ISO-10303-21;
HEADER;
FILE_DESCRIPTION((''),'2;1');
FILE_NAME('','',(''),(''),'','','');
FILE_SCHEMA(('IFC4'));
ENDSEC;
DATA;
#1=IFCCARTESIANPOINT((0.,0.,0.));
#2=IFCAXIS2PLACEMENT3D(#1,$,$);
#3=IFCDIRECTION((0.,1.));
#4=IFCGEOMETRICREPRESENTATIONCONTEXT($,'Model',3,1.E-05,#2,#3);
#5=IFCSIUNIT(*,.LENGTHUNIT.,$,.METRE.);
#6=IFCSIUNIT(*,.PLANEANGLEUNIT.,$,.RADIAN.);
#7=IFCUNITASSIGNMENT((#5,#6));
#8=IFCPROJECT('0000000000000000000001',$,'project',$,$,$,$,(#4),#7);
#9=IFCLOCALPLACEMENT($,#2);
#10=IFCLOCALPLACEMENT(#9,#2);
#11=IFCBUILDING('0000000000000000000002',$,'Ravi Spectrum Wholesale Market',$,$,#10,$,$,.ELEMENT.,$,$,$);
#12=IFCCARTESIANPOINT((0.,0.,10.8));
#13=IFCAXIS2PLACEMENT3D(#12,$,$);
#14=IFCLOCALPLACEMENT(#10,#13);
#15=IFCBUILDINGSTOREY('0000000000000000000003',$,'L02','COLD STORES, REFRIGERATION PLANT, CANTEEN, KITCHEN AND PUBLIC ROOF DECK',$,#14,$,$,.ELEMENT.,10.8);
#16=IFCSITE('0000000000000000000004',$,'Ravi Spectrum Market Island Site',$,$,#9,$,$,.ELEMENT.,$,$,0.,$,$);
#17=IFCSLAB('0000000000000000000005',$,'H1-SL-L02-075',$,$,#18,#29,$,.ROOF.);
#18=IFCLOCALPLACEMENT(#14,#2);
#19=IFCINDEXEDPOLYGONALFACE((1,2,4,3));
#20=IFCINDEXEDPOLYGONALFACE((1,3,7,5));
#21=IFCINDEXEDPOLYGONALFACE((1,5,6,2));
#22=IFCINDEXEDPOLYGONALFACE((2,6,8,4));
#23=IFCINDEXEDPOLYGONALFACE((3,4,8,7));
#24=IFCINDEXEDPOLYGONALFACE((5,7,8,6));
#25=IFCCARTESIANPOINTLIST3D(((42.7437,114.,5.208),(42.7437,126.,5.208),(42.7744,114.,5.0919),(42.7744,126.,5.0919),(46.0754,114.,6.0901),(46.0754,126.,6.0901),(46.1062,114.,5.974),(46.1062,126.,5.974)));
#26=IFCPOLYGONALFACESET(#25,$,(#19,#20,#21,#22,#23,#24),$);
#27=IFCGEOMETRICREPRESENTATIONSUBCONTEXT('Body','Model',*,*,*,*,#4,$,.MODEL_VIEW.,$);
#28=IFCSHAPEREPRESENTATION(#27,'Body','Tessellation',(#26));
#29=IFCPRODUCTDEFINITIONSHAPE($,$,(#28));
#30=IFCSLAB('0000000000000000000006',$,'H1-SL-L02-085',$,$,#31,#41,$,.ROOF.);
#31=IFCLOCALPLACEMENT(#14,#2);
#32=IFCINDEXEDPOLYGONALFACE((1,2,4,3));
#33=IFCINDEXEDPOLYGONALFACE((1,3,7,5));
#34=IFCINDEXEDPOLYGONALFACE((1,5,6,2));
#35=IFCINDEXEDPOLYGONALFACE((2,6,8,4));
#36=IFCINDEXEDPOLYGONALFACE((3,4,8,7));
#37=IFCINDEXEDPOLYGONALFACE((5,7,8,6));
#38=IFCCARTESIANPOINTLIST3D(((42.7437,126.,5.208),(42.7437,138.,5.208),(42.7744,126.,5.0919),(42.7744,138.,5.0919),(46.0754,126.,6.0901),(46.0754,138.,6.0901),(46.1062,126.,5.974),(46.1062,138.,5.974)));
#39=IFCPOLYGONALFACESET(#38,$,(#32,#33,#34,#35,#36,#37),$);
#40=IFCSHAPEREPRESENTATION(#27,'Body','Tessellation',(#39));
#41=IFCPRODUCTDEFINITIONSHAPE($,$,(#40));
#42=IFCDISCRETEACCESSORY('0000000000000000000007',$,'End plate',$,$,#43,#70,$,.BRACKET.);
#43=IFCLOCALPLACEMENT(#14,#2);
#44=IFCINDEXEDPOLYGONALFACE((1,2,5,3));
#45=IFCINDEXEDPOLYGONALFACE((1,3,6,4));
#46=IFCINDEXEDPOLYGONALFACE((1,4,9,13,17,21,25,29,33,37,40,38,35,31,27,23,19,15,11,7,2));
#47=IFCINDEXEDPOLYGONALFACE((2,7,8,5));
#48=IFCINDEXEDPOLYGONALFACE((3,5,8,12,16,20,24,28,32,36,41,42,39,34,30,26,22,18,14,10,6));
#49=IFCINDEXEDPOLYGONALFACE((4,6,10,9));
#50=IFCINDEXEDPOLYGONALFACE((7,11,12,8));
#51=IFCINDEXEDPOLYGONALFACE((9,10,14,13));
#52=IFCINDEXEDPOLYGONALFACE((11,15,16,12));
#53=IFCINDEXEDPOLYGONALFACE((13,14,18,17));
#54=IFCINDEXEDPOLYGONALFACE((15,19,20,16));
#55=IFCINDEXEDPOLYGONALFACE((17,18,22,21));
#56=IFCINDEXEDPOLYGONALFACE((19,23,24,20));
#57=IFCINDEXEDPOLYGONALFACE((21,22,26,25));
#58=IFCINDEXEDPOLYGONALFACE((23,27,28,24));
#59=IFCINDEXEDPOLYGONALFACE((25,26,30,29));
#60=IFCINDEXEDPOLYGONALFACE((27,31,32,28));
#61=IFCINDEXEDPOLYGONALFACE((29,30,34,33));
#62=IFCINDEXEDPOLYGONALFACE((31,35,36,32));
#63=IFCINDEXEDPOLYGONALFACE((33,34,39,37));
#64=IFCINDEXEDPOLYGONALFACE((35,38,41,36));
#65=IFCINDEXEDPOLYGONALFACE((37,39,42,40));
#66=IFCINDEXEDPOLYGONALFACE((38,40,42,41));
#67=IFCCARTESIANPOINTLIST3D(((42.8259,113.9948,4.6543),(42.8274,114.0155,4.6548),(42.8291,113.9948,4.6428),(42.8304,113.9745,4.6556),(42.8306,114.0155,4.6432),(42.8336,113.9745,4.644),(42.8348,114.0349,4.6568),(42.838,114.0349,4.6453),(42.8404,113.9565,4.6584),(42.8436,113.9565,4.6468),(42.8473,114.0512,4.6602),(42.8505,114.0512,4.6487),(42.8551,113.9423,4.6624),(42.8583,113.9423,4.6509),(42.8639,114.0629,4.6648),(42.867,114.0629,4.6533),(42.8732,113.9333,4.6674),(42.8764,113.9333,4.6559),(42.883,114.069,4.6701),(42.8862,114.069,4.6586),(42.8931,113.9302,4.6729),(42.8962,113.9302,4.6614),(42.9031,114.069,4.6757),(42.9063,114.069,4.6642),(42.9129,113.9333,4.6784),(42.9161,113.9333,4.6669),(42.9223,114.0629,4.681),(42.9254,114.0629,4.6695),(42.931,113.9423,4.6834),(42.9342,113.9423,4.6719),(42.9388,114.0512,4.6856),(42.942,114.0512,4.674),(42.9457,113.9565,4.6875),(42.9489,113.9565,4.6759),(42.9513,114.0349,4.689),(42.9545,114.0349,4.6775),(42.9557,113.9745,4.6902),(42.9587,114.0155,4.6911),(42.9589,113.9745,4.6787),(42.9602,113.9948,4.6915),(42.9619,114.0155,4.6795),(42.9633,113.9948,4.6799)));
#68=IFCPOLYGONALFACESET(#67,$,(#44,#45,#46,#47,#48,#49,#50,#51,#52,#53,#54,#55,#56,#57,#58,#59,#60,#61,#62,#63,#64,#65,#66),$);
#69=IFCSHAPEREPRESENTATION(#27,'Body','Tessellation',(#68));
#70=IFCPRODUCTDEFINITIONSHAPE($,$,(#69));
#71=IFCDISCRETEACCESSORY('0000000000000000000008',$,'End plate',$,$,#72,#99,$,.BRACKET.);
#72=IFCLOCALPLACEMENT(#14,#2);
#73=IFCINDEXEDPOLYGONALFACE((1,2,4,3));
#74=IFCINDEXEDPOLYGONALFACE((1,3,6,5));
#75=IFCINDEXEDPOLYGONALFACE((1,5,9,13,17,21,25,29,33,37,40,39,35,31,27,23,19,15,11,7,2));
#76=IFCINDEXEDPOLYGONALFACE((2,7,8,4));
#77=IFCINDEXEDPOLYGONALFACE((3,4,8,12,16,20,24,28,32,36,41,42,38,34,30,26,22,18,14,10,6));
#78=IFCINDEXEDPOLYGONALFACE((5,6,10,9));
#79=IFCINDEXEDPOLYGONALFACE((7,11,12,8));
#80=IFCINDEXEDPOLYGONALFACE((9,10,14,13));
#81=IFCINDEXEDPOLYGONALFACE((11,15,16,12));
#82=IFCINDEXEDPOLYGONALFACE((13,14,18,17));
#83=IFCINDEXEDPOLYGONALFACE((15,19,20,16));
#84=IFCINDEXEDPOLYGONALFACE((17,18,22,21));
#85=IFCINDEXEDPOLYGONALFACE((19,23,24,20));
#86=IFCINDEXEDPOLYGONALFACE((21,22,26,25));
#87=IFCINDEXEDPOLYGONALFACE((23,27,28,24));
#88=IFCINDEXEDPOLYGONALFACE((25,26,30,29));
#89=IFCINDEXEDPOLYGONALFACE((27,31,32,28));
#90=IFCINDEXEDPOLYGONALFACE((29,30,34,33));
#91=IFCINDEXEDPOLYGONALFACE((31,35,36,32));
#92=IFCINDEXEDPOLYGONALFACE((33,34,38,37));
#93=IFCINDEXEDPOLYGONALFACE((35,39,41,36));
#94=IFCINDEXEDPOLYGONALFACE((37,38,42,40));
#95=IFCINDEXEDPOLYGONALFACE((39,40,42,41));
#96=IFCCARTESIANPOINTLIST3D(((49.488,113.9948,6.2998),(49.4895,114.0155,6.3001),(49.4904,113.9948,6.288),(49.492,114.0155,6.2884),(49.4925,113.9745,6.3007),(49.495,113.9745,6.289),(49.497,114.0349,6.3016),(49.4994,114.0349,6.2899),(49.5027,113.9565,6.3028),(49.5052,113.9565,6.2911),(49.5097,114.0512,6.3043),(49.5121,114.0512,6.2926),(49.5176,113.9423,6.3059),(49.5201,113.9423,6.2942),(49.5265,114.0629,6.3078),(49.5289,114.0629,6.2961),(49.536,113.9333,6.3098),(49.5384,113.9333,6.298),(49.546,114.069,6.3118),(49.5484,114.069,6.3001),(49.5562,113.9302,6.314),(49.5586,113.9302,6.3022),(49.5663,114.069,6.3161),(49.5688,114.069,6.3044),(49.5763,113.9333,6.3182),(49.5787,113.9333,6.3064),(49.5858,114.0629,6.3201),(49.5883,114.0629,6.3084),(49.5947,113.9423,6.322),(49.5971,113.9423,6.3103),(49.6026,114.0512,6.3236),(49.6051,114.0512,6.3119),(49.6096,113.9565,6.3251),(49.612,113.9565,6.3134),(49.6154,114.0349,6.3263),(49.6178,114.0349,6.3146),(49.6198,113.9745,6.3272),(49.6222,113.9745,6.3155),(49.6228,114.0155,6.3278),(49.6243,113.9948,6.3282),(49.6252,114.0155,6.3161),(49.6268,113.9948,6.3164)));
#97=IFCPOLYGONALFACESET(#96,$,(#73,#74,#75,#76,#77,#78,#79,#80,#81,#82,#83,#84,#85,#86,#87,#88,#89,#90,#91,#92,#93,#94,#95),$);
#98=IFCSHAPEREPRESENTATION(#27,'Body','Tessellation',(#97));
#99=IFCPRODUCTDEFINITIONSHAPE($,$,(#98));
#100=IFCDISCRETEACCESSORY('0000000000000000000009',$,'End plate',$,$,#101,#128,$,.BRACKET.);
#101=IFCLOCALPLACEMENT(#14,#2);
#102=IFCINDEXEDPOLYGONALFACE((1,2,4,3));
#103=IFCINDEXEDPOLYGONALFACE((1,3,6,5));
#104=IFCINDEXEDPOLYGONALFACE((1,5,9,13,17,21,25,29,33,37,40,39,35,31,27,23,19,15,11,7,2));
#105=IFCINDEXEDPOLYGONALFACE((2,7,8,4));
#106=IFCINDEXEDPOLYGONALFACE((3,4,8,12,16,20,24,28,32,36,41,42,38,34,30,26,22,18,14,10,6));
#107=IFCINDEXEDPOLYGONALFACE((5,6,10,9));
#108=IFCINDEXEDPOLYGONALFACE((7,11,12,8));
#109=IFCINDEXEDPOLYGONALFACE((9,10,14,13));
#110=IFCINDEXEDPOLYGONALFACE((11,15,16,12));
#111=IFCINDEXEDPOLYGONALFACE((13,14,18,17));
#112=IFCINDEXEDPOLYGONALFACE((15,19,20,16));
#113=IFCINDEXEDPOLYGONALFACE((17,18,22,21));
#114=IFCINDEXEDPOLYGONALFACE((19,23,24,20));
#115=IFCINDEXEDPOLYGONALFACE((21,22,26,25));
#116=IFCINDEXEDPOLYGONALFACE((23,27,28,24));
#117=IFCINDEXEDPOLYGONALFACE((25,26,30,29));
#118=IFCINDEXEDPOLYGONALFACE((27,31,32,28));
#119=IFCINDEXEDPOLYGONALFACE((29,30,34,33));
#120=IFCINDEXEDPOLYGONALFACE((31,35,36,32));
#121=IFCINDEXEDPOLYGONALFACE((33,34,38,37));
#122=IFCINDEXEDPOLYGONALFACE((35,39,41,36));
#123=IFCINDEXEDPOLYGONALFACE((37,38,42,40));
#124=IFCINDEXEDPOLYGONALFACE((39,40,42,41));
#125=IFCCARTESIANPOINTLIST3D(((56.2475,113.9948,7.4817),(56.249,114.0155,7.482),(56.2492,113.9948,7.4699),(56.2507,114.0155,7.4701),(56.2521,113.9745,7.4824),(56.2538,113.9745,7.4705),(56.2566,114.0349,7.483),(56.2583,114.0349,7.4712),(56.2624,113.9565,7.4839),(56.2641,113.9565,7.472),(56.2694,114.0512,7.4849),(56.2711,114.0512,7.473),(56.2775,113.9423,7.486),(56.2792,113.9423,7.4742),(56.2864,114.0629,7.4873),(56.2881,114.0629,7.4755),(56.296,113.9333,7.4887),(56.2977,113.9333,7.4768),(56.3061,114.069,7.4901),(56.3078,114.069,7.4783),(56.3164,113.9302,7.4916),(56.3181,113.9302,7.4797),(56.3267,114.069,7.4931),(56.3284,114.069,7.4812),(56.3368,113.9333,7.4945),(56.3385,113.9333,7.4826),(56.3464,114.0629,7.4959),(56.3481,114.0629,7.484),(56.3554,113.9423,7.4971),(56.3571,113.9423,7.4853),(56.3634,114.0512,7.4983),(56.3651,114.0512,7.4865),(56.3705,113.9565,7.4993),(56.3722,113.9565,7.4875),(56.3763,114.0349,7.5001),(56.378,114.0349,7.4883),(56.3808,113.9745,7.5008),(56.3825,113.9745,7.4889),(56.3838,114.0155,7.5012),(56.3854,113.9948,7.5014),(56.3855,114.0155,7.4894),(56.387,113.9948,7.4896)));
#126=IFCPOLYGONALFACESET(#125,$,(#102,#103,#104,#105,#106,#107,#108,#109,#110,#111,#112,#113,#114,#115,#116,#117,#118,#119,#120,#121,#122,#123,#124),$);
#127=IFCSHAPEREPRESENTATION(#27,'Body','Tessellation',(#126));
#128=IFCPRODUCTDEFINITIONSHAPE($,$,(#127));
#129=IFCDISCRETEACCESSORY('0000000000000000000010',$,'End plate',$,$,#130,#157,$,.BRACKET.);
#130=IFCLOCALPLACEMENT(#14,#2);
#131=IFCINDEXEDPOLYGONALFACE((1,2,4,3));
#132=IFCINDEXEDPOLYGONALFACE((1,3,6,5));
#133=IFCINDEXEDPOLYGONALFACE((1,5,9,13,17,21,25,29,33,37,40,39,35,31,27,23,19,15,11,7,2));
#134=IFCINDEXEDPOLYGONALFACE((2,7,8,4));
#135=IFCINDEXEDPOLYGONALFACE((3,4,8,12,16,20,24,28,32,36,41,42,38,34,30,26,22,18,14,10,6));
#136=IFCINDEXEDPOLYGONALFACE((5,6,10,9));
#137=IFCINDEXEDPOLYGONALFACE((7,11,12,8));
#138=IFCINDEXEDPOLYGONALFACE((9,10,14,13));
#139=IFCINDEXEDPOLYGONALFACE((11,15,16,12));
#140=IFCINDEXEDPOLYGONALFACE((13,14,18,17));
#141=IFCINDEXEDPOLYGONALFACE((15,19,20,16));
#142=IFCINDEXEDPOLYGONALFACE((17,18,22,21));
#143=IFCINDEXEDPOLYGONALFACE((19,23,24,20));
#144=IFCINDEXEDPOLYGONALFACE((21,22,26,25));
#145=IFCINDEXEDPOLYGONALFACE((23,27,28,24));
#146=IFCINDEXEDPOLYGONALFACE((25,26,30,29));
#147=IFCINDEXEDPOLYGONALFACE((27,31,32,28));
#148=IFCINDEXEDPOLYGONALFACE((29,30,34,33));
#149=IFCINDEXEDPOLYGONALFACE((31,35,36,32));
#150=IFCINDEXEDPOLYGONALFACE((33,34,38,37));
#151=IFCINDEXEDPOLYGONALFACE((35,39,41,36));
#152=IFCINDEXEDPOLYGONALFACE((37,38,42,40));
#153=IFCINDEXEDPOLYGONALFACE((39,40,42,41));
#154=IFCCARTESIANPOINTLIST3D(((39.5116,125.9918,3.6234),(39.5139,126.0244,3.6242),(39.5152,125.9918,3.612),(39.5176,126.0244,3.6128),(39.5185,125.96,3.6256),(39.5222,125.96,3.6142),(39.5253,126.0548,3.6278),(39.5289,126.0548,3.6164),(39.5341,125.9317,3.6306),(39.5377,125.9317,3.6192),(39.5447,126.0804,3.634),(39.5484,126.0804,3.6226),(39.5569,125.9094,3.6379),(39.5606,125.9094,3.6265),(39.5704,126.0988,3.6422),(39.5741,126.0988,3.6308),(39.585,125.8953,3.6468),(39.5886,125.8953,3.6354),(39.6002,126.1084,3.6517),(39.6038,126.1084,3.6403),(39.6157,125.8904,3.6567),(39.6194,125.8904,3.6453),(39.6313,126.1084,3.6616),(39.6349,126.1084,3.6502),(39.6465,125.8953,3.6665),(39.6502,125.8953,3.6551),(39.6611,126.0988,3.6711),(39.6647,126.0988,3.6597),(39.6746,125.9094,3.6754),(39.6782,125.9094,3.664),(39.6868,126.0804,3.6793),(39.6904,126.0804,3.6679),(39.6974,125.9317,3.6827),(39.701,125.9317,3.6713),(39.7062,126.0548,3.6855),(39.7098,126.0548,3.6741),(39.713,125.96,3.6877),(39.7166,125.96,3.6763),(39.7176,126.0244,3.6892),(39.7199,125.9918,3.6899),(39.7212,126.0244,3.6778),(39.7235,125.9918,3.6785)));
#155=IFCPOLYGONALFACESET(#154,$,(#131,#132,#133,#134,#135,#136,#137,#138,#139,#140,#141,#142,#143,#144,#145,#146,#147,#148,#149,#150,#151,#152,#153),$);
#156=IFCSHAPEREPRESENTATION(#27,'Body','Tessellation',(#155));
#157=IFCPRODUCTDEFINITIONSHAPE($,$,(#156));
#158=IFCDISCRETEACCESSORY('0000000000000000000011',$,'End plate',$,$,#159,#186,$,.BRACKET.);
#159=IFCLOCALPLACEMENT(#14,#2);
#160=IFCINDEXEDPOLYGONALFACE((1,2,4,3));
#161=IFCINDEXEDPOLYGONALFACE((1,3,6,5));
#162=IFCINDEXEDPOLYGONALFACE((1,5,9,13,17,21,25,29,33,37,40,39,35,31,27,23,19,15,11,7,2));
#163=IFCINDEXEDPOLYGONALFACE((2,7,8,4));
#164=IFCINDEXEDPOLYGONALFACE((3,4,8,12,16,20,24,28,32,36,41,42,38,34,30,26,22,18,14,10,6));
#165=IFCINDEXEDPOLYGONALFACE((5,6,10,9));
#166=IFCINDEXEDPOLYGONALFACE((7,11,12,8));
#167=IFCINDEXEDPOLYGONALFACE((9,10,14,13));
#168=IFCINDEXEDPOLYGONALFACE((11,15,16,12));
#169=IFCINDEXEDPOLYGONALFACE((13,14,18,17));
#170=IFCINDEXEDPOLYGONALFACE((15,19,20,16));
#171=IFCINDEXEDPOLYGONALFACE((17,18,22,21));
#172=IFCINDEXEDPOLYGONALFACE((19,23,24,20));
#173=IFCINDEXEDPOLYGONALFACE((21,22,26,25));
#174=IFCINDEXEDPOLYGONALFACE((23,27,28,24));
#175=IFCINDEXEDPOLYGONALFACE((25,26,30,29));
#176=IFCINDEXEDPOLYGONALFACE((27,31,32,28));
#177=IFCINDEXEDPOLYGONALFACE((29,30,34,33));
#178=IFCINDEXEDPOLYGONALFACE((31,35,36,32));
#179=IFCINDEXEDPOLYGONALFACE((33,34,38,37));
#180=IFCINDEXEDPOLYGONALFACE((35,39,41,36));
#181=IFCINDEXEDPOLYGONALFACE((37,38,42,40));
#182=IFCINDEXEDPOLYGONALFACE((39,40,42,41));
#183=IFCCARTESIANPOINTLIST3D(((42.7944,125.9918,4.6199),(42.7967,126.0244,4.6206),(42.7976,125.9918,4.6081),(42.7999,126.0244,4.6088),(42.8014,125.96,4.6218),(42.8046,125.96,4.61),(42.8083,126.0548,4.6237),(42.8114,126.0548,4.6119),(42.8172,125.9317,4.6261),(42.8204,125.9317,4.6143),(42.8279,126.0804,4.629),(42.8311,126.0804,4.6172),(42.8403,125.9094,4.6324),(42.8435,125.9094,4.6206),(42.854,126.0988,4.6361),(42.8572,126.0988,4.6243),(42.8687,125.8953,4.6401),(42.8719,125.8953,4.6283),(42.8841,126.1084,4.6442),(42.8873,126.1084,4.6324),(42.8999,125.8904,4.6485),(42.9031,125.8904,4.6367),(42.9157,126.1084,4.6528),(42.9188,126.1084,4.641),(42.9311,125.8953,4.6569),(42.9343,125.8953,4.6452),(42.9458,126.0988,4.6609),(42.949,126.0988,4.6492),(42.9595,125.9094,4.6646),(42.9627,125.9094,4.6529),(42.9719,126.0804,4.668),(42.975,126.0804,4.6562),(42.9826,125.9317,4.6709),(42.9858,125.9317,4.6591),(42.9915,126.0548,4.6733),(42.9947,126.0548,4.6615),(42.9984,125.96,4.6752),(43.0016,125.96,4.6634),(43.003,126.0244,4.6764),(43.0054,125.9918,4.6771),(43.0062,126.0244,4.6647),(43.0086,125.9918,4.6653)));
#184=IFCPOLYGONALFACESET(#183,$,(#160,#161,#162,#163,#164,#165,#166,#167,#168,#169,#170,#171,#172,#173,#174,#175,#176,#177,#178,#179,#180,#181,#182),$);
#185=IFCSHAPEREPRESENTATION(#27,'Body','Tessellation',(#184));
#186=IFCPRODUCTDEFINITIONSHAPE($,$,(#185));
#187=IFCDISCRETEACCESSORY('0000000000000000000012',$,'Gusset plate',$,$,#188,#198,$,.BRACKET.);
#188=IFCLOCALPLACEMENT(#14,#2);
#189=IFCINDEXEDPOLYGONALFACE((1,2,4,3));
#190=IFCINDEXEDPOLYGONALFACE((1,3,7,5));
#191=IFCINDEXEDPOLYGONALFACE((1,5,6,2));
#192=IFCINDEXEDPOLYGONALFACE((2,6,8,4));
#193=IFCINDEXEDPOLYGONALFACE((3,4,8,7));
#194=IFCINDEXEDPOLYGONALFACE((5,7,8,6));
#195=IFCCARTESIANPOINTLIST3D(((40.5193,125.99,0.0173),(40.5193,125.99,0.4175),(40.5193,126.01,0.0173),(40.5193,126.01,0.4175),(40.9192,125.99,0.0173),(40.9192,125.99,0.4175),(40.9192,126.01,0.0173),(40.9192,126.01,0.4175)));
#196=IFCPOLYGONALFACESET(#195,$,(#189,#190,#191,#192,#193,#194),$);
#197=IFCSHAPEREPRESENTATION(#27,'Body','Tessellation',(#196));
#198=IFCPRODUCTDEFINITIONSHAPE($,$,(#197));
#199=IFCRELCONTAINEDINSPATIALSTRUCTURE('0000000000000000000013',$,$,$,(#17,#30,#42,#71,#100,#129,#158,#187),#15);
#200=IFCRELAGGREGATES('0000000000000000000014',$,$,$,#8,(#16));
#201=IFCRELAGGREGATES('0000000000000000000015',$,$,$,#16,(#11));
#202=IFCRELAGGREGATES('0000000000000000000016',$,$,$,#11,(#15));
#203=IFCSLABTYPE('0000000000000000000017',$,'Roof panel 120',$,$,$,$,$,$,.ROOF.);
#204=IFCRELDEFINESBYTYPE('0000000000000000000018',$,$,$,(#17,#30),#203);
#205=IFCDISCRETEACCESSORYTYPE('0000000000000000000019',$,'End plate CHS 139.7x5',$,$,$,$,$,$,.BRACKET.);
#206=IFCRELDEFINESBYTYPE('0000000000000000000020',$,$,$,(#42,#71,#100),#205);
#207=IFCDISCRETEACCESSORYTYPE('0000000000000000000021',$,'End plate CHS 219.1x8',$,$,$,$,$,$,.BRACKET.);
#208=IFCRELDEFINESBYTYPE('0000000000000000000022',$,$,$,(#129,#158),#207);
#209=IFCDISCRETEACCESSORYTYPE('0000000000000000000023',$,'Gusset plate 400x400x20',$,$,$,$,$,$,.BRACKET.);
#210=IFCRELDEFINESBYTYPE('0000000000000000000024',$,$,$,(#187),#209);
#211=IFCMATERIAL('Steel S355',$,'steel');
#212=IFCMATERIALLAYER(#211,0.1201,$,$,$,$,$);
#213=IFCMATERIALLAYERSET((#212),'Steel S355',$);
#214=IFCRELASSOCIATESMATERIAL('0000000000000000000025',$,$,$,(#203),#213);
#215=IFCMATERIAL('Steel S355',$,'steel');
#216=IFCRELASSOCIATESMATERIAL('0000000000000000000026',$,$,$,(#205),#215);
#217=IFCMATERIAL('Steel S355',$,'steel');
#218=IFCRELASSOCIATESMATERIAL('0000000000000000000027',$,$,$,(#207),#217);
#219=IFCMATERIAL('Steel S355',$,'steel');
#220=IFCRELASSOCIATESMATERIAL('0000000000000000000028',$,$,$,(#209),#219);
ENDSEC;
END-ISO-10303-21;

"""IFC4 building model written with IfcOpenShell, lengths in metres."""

from ifc_helpers import new_model, si_unit, direction, frame, origin, origin_2d, place, context, subcontext, project, spatial, polyline, rectangle, circle, outline, extrude, material, layer, layer_set, material_profile, profile_set, type_object, element, save


model = new_model("IFC4")

# Units and contexts
model_context = context("Model", 3, precision=1e-05, world=origin(), true_north=direction((0.0, 1.0)))
body_context = subcontext(model_context, "Body", "Model", "MODEL_VIEW")
ifc_project = project(units=[si_unit("LENGTHUNIT", "METRE"), si_unit("PLANEANGLEUNIT", "RADIAN")], contexts=[model_context])

# Site, building, storey
site_placement = place(None, origin())
site = spatial("IfcSite", under=ifc_project, at=site_placement, Name="Ravi Spectrum Market Island Site", CompositionType="ELEMENT", RefElevation=0.0)
building_placement = place(site_placement, origin())
building = spatial("IfcBuilding", under=site, at=building_placement, Name="Ravi Spectrum Wholesale Market", CompositionType="ELEMENT")
storey_placement = place(building_placement, frame((0.0, 0.0, 10.8)))
storey = spatial("IfcBuildingStorey", under=building, at=storey_placement, Name="L02", Description="COLD STORES, REFRIGERATION PLANT, CANTEEN, KITCHEN AND PUBLIC ROOF DECK", CompositionType="ELEMENT", Elevation=10.8)

# Slabs
ifc_material_1 = material(Name="Steel S355", Category="steel")
ifc_layer = layer(ifc_material_1, 0.1201)
ifc_layer_set = layer_set([ifc_layer], Name="Steel S355")
slab_type = type_object("IfcSlabType", Name="Roof panel 120", PredefinedType="ROOF", material=ifc_layer_set)
for number, where, z_axis, x_axis, name in (
    (1, (42.7437, 114.0, 5.208), (-0.25593, 0.0, 0.966695), (0.966695, 0.0, 0.25593), "H1-SL-L02-075"),
    (2, (42.7437, 126.0, 5.208), (-0.25593, 0.0, 0.966695), (0.966695, 0.0, 0.25593), "H1-SL-L02-085"),
):
    element("IfcSlab", number, at=place(storey_placement, frame(where, z_axis=z_axis, x_axis=x_axis)), inside=storey, type_object=slab_type, Name=name, PredefinedType="ROOF", context=body_context, shape_type="SweptSolid", body=[
        extrude(outline(polyline([(0.0, 0.0), (3.4466, 0.0), (3.4466, 12.0), (0.0, 12.0), (0.0, 0.0)])), origin(), (0.0, 0.0, -1.0), 0.1201),
    ])

# Discrete accessories
ifc_material_2 = material(Name="Steel S355", Category="steel")
ifc_material_profile_1 = material_profile(ifc_material_2, circle(Radius=0.0698, at=origin_2d()))
ifc_profile_set_1 = profile_set([ifc_material_profile_1], Name="Steel S355")
discrete_accessory_type_1 = type_object("IfcDiscreteAccessoryType", Name="End plate CHS 139.7x5", PredefinedType="BRACKET", material=ifc_profile_set_1)
for number, where, z_axis, x_axis, name in (
    (3, (42.8962, 114.0, 4.6614), (-0.266586, 0.0, 0.963811), (0.0, -1.0, 0.0), "End plate"),
    (4, (49.5586, 114.0, 6.3022), (-0.203954, 0.0, 0.97898), (0.0, -1.0, 0.0), "End plate"),
    (5, (56.3181, 114.0, 7.4797), (-0.141421, 0.0, 0.989949), (0.0, -1.0, 0.0), "End plate"),
):
    element("IfcDiscreteAccessory", number, at=place(storey_placement, frame(where, z_axis=z_axis, x_axis=x_axis)), inside=storey, type_object=discrete_accessory_type_1, Name=name, PredefinedType="BRACKET", context=body_context, shape_type="SweptSolid", body=[
        extrude(circle(Radius=0.0698, at=origin_2d()), origin(), (0.0, 0.0, 1.0), 0.012),
    ])
ifc_material_3 = material(Name="Steel S355", Category="steel")
ifc_material_profile_2 = material_profile(ifc_material_3, circle(Radius=0.1096, at=origin_2d()))
ifc_profile_set_2 = profile_set([ifc_material_profile_2], Name="Steel S355")
discrete_accessory_type_2 = type_object("IfcDiscreteAccessoryType", Name="End plate CHS 219.1x8", PredefinedType="BRACKET", material=ifc_profile_set_2)
discrete_accessory_1_placement = place(storey_placement, frame((39.6194, 126.0, 3.6453), z_axis=(-0.30404, 0.0, 0.952659), x_axis=(0.0, -1.0, 0.0)))
element("IfcDiscreteAccessory", 6, at=discrete_accessory_1_placement, inside=storey, type_object=discrete_accessory_type_2, Name="End plate", PredefinedType="BRACKET", context=body_context, shape_type="SweptSolid", body=[
    extrude(circle(Radius=0.1096, at=origin_2d()), origin(), (0.0, 0.0, 1.0), 0.012),
])
discrete_accessory_2_placement = place(storey_placement, frame((42.9031, 126.0, 4.6367), z_axis=(-0.261415, 0.0, 0.965226), x_axis=(0.0, -1.0, 0.0)))
element("IfcDiscreteAccessory", 7, at=discrete_accessory_2_placement, inside=storey, type_object=discrete_accessory_type_2, Name="End plate", PredefinedType="BRACKET", context=body_context, shape_type="SweptSolid", body=[
    extrude(circle(Radius=0.1096, at=origin_2d()), origin(), (0.0, 0.0, 1.0), 0.0122),
])
ifc_material_4 = material(Name="Steel S355", Category="steel")
ifc_material_profile_3 = material_profile(ifc_material_4, rectangle(XDim=0.3999, YDim=0.02, at=origin_2d()))
ifc_profile_set_3 = profile_set([ifc_material_profile_3], Name="Steel S355")
discrete_accessory_type_3 = type_object("IfcDiscreteAccessoryType", Name="Gusset plate 400x400x20", PredefinedType="BRACKET", material=ifc_profile_set_3)
discrete_accessory_3_placement = place(storey_placement, frame((40.7192, 126.0, 0.0173), z_axis=(0.0, 0.0, 1.0), x_axis=(1.0, 0.0, 0.0)))
element("IfcDiscreteAccessory", 8, at=discrete_accessory_3_placement, inside=storey, type_object=discrete_accessory_type_3, Name="Gusset plate", PredefinedType="BRACKET", context=body_context, shape_type="SweptSolid", body=[
    extrude(rectangle(XDim=0.3999, YDim=0.02, at=origin_2d()), origin(), (0.0, 0.0, 1.0), 0.4001),
])

save(model, "model.ifc")
